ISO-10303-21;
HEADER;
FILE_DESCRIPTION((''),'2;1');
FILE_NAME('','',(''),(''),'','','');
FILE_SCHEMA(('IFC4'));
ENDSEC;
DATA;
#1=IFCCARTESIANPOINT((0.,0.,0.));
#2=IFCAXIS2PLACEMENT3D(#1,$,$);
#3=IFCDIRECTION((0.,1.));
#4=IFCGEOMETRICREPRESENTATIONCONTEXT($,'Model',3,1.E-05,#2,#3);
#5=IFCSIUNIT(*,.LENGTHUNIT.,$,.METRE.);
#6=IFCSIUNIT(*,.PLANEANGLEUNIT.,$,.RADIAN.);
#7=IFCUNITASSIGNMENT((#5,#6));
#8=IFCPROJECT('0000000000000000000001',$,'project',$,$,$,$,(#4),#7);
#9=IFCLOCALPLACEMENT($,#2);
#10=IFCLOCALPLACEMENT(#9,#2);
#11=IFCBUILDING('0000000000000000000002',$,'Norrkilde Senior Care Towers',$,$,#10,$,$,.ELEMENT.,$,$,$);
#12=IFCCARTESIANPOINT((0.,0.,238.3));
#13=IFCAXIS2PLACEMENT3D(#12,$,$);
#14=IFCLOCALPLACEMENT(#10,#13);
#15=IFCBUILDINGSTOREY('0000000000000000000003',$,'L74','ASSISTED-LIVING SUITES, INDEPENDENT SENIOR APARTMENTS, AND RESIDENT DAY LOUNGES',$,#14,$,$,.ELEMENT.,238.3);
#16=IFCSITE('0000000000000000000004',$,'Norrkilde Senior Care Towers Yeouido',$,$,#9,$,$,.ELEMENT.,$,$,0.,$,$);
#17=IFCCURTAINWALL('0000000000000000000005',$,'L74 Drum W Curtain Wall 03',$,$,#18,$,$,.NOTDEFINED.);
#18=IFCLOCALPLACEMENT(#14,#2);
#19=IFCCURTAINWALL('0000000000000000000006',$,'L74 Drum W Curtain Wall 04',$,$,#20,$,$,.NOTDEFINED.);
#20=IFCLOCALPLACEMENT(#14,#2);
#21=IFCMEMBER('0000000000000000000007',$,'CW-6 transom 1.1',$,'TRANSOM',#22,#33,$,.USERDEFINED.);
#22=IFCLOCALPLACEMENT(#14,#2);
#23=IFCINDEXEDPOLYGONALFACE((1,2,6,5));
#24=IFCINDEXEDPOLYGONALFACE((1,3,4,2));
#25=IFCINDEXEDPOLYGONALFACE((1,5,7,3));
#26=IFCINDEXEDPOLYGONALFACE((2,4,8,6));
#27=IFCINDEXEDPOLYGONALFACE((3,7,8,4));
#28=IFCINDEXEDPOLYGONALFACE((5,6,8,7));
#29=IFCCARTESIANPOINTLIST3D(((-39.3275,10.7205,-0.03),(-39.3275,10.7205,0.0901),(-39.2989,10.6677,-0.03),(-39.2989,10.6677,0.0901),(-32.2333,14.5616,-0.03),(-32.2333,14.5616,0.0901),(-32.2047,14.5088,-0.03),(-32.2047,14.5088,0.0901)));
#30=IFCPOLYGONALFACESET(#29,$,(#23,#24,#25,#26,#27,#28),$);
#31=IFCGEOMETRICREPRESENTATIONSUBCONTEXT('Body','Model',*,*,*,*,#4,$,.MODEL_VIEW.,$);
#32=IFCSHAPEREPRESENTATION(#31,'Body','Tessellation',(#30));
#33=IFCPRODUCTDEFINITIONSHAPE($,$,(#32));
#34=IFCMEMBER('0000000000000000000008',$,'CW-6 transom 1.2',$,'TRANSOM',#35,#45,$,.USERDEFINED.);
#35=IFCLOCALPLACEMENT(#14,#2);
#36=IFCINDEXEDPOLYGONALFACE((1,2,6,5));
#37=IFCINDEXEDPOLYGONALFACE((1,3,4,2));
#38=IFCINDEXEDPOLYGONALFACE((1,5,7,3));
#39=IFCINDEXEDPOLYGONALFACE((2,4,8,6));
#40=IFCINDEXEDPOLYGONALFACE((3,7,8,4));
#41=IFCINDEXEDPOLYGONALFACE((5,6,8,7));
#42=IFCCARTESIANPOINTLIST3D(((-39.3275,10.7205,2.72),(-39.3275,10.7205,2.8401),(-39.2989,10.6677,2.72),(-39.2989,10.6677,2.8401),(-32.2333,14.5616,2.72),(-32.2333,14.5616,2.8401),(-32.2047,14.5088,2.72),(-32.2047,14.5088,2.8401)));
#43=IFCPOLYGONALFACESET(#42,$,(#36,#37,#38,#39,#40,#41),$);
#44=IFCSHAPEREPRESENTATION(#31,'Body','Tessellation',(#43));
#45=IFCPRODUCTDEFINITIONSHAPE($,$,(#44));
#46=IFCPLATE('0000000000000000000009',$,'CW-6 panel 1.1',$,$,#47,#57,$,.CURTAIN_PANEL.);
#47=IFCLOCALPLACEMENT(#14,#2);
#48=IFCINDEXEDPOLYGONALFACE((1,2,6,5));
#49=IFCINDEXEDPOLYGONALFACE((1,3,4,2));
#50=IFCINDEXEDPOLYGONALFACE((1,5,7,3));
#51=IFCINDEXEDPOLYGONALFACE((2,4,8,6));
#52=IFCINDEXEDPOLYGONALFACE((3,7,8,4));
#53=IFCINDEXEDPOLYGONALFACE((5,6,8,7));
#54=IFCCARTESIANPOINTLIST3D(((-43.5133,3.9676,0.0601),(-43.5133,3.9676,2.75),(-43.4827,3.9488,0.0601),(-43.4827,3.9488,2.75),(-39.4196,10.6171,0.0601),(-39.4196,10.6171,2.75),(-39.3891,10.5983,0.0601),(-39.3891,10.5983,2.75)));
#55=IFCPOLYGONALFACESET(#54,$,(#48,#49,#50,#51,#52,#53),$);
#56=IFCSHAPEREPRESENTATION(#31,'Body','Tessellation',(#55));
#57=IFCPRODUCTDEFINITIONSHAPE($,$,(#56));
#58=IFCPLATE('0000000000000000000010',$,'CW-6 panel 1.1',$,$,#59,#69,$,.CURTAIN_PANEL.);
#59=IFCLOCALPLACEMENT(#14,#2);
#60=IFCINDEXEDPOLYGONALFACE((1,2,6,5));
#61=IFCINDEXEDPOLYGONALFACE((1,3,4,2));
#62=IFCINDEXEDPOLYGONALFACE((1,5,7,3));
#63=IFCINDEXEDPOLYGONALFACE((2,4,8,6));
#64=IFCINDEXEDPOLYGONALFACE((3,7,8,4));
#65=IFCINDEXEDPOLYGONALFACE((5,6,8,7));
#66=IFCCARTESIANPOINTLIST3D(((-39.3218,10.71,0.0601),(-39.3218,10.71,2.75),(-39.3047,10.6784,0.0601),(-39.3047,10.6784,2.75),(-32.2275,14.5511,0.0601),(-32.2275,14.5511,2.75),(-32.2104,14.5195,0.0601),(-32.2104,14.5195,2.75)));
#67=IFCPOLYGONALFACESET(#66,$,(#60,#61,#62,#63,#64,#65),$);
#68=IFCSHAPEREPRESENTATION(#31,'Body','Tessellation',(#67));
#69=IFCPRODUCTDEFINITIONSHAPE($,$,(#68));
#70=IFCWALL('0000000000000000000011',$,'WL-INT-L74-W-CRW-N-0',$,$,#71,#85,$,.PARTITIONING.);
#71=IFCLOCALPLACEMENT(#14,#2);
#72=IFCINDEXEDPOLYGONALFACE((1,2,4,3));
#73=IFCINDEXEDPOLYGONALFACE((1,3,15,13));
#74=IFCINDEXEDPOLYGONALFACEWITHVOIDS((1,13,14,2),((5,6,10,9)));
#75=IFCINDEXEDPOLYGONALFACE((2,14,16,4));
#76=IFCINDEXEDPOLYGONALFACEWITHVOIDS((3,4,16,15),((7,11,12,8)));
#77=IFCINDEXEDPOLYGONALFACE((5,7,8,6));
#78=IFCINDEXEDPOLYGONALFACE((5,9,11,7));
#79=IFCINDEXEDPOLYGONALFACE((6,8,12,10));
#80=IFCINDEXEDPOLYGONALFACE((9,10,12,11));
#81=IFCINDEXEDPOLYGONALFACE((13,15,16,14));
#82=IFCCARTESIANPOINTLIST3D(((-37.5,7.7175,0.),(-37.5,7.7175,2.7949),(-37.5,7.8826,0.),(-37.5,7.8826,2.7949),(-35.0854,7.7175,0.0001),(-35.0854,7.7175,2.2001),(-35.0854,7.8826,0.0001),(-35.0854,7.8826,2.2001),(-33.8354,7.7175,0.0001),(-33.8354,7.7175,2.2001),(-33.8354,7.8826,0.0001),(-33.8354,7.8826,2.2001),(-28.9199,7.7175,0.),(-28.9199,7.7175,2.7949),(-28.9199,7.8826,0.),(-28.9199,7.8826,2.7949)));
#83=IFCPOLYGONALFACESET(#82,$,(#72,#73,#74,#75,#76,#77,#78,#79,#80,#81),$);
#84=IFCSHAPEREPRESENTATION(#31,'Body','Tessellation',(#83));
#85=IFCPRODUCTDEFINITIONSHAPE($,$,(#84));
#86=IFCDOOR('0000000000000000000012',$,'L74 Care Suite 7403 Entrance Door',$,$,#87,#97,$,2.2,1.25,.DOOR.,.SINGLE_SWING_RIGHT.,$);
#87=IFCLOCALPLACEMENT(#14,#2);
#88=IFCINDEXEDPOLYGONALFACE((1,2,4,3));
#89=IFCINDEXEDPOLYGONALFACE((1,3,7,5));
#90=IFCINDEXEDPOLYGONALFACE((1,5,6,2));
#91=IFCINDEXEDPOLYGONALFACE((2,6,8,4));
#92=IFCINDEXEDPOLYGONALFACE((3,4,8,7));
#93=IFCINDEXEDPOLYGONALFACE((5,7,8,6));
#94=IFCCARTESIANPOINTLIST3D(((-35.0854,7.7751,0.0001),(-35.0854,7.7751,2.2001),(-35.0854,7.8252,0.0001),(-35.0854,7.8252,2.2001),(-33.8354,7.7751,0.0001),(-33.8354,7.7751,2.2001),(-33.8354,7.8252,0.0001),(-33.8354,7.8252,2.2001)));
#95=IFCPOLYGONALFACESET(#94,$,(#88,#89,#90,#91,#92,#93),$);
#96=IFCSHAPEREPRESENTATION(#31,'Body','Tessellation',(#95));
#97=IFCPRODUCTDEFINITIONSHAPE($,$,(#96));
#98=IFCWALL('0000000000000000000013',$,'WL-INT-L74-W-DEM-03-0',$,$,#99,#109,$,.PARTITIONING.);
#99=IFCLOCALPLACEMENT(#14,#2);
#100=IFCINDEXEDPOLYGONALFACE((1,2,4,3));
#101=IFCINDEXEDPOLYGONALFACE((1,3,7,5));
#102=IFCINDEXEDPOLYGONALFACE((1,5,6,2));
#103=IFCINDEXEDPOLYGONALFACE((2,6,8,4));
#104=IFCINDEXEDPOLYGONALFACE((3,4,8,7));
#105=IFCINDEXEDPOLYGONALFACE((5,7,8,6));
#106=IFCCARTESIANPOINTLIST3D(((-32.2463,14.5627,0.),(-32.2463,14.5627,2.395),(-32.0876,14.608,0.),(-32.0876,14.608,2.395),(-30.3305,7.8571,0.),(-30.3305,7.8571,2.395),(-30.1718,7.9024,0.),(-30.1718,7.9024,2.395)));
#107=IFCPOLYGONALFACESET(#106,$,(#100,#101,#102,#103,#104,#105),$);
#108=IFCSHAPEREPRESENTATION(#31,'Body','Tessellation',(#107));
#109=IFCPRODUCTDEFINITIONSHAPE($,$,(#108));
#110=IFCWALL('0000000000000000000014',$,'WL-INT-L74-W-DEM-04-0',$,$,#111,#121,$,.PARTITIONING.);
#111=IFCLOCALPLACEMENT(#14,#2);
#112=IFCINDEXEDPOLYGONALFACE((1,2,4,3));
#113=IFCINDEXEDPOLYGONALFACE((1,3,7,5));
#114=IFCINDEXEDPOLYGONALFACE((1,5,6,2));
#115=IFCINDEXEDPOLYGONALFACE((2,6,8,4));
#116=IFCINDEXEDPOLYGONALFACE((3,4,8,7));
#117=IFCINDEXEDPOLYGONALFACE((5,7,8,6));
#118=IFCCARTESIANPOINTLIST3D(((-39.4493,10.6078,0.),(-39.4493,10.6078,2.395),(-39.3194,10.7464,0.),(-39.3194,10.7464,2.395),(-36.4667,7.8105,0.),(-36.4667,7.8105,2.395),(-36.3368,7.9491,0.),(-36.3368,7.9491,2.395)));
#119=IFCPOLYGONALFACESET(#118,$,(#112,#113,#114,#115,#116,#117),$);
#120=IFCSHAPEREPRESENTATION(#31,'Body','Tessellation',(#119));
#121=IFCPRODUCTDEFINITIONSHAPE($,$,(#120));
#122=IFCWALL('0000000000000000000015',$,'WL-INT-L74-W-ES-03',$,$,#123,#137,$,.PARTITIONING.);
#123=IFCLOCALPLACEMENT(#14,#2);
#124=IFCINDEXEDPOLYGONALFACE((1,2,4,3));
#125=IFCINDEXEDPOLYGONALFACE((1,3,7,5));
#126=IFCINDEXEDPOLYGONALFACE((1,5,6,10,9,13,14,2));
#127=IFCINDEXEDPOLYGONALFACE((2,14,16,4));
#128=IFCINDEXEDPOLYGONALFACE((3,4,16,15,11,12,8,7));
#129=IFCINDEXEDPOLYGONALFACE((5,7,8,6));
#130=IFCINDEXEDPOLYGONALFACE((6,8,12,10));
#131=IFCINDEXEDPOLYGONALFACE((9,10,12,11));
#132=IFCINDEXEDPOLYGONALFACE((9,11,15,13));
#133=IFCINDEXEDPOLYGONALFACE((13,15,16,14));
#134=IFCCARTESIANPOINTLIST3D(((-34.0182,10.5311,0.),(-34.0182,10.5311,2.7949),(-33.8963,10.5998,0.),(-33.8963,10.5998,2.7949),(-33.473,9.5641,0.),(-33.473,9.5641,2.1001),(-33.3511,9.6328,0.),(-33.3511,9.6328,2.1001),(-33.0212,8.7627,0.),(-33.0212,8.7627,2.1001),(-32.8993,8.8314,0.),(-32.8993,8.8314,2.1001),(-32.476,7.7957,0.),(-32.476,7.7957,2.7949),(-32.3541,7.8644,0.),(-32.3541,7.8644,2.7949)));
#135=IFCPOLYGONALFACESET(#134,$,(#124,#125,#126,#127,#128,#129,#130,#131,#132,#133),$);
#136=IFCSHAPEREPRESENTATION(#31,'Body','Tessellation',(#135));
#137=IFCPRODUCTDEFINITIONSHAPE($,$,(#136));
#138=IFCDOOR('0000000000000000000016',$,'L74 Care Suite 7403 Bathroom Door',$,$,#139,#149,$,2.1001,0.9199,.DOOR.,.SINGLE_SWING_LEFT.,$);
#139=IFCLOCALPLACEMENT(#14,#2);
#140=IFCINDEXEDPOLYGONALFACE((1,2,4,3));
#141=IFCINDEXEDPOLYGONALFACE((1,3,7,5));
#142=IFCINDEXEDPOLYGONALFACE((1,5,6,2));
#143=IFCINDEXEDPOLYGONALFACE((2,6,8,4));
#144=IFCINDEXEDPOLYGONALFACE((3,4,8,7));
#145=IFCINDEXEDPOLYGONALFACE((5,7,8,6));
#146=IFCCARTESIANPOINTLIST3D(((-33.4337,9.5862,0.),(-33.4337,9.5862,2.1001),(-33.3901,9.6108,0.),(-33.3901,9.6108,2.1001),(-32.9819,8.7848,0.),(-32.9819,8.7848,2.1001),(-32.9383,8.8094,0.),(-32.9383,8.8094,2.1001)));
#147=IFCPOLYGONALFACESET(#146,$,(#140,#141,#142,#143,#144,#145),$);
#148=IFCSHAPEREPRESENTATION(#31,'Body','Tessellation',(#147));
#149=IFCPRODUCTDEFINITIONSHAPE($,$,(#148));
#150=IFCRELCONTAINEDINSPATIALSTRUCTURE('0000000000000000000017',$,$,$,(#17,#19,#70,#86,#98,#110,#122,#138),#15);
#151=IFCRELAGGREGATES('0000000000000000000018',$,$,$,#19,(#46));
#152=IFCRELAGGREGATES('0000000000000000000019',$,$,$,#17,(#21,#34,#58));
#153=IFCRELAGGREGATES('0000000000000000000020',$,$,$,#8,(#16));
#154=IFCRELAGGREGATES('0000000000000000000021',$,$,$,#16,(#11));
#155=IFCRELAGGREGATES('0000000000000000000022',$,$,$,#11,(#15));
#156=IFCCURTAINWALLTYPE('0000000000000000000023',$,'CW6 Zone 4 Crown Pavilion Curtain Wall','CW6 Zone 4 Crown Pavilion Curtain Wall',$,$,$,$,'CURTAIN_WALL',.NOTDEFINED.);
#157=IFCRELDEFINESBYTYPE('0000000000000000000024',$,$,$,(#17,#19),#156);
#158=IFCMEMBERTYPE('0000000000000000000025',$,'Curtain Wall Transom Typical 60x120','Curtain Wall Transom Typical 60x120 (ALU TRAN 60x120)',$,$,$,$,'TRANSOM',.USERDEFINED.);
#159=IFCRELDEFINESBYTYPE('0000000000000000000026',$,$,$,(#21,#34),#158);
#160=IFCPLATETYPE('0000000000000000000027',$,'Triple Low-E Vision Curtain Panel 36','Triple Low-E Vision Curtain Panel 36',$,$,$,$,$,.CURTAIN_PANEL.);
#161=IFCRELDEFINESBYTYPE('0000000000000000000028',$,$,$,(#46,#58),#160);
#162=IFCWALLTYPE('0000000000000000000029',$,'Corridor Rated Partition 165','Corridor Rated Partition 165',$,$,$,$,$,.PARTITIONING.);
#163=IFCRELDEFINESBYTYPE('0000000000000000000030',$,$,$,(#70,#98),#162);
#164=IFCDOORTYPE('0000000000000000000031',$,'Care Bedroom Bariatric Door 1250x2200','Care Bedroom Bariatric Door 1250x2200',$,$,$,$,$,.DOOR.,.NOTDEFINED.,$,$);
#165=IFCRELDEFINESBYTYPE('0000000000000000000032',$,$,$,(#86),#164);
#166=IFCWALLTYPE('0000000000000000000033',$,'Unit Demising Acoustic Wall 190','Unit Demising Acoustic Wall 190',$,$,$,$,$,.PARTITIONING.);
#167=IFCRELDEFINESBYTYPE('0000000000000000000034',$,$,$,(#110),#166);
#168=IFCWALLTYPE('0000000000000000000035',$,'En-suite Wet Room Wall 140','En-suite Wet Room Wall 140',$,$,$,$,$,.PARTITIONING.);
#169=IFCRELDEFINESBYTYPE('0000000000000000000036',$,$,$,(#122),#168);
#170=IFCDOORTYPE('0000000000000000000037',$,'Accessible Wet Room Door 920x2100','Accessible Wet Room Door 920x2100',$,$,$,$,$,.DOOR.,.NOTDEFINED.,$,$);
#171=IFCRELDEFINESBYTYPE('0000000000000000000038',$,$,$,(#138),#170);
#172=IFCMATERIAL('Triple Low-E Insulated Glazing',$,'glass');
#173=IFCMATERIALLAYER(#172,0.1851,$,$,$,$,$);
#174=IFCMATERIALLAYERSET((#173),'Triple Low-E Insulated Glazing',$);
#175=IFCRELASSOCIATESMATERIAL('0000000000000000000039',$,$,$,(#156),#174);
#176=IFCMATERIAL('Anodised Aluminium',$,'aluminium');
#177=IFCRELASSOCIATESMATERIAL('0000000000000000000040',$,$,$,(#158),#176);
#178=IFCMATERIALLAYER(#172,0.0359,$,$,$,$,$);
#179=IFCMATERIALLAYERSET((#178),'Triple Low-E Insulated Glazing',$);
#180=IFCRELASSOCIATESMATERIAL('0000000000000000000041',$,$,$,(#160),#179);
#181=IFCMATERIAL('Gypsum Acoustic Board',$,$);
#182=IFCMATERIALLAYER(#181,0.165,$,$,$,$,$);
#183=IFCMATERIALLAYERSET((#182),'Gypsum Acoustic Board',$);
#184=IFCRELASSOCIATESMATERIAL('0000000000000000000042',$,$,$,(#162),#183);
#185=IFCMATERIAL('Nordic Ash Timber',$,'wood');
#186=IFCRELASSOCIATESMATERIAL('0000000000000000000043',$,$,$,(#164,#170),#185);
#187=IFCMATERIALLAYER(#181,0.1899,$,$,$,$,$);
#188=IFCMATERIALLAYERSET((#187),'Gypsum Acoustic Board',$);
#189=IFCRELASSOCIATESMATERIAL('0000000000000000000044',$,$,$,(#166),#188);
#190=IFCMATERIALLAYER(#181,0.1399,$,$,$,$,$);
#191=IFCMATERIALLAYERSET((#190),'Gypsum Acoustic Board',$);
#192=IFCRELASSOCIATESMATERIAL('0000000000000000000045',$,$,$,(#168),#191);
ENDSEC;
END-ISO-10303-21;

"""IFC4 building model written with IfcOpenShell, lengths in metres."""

from ifc_helpers import new_model, si_unit, direction, frame, frame_2d, origin, origin_2d, place, context, subcontext, project, spatial, rectangle, extrude, source, transform, mapped, material, layer, layer_set, material_profile, profile_set, type_object, type_shapes, element, fill, aggregate, save


model = new_model("IFC4")

# Units and contexts
model_context = context("Model", 3, precision=1e-05, world=origin(), true_north=direction((0.0, 1.0)))
body_context = subcontext(model_context, "Body", "Model", "MODEL_VIEW")
ifc_project = project(units=[si_unit("LENGTHUNIT", "METRE"), si_unit("PLANEANGLEUNIT", "RADIAN")], contexts=[model_context])

# Site, building, storey
site_placement = place(None, origin())
site = spatial("IfcSite", under=ifc_project, at=site_placement, Name="Norrkilde Senior Care Towers Yeouido", CompositionType="ELEMENT", RefElevation=0.0)
building_placement = place(site_placement, origin())
building = spatial("IfcBuilding", under=site, at=building_placement, Name="Norrkilde Senior Care Towers", CompositionType="ELEMENT")
storey_placement = place(building_placement, frame((0.0, 0.0, 238.3)))
storey = spatial("IfcBuildingStorey", under=building, at=storey_placement, Name="L74", Description="ASSISTED-LIVING SUITES, INDEPENDENT SENIOR APARTMENTS, AND RESIDENT DAY LOUNGES", CompositionType="ELEMENT", Elevation=238.3)

# Shared definitions
ifc_material_1 = material(Name="Triple Low-E Insulated Glazing", Category="glass")
ifc_layer_1 = layer(ifc_material_1, 0.1851)
ifc_layer_set_1 = layer_set([ifc_layer_1], Name="Triple Low-E Insulated Glazing")
curtain_wall_type = type_object("IfcCurtainWallType", Name="CW6 Zone 4 Crown Pavilion Curtain Wall", Description="CW6 Zone 4 Crown Pavilion Curtain Wall", ElementType="CURTAIN_WALL", PredefinedType="NOTDEFINED", material=ifc_layer_set_1)
ifc_material_2 = material(Name="Anodised Aluminium", Category="aluminium")

# Curtain wall
curtain_wall_1_placement = place(storey_placement, origin())
curtain_wall_1 = element("IfcCurtainWall", 1, at=curtain_wall_1_placement, inside=storey, type_object=curtain_wall_type, Name="L74 Drum W Curtain Wall 03", PredefinedType="NOTDEFINED")

# Curtain wall
curtain_wall_2_placement = place(storey_placement, origin())
curtain_wall_2 = element("IfcCurtainWall", 2, at=curtain_wall_2_placement, inside=storey, type_object=curtain_wall_type, Name="L74 Drum W Curtain Wall 04", PredefinedType="NOTDEFINED")

# Members
ifc_material_profile_1 = material_profile(ifc_material_2, rectangle(XDim=0.0601, YDim=0.1201, at=origin_2d()), Name="ALU TRAN 60x120")
ifc_profile_set_1 = profile_set([ifc_material_profile_1], Name="Anodised Aluminium")
member_type_1 = type_object("IfcMemberType", Name="Curtain Wall Transom Typical 60x120", Description="Curtain Wall Transom Typical 60x120 (ALU TRAN 60x120)", ElementType="TRANSOM", PredefinedType="USERDEFINED", material=ifc_profile_set_1)
shared_shape_1 = source(origin(), body_context, "Body", "SweptSolid", [
    extrude(rectangle(XDim=0.0601, YDim=0.1201, at=origin_2d()), origin(), (0.0, 0.0, 1.0), 8.0674),
])
member_1_placement = place(storey_placement, frame((-39.3132, 10.6941, 0.03), z_axis=(0.879378, 0.476125, 0.0), x_axis=(-0.476125, 0.879378, 0.0)))
member_1 = element("IfcMember", 3, at=member_1_placement, type_object=member_type_1, Name="CW-6 transom 1.1", ObjectType="TRANSOM", PredefinedType="USERDEFINED", context=body_context, shape_type="MappedRepresentation", body=[
    mapped(shared_shape_1, transform((0.0, 0.0, 0.0), x_axis=(1.0, 0.0, 0.0), y_axis=(0.0, 1.0, 0.0), z_axis=(0.0, 0.0, 1.0), scale=1.0)),
])
member_2_placement = place(storey_placement, frame((-39.3132, 10.6941, 2.78), z_axis=(0.879378, 0.476125, 0.0), x_axis=(-0.476125, 0.879378, 0.0)))
member_2 = element("IfcMember", 4, at=member_2_placement, type_object=member_type_1, Name="CW-6 transom 1.2", ObjectType="TRANSOM", PredefinedType="USERDEFINED", context=body_context, shape_type="MappedRepresentation", body=[
    mapped(shared_shape_1, transform((0.0, 0.0, 0.0), x_axis=(1.0, 0.0, 0.0), y_axis=(0.0, 1.0, 0.0), z_axis=(0.0, 0.0, 1.0), scale=1.0)),
])

# Plates
ifc_layer_2 = layer(ifc_material_1, 0.0359)
ifc_layer_set_2 = layer_set([ifc_layer_2], Name="Triple Low-E Insulated Glazing")
plate_type = type_object("IfcPlateType", Name="Triple Low-E Vision Curtain Panel 36", Description="Triple Low-E Vision Curtain Panel 36", PredefinedType="CURTAIN_PANEL", material=ifc_layer_set_2)
shared_shape_2 = source(origin(), body_context, "Body", "SweptSolid", [
    extrude(rectangle(XDim=7.8086, YDim=0.0359, at=origin_2d()), origin(), (0.0, 0.0, 1.0), 2.6899),
])
plate_1_placement = place(storey_placement, frame((-41.4512, 7.283, 0.0601), z_axis=(0.0, 0.0, 1.0), x_axis=(0.524253, 0.851563, 0.0)))
plate_1 = element("IfcPlate", 5, at=plate_1_placement, type_object=plate_type, Name="CW-6 panel 1.1", PredefinedType="CURTAIN_PANEL", context=body_context, shape_type="MappedRepresentation", body=[
    mapped(shared_shape_2, transform((0.0, 0.0, 0.0), x_axis=(1.0, 0.0, 0.0), y_axis=(0.0, 1.0, 0.0), z_axis=(0.0, 0.0, 1.0), scale=1.0)),
])
aggregate(curtain_wall_2, [plate_1])
shared_shape_3 = source(origin(), body_context, "Body", "SweptSolid", [
    extrude(rectangle(XDim=8.0674, YDim=0.0359, at=origin_2d()), origin(), (0.0, 0.0, 1.0), 2.6899),
])
type_shapes(plate_type, [shared_shape_2, shared_shape_3])
plate_2_placement = place(storey_placement, frame((-35.7661, 12.6147, 0.0601), z_axis=(0.0, 0.0, 1.0), x_axis=(0.879373, 0.476133, 0.0)))
plate_2 = element("IfcPlate", 6, at=plate_2_placement, type_object=plate_type, Name="CW-6 panel 1.1", PredefinedType="CURTAIN_PANEL", context=body_context, shape_type="MappedRepresentation", body=[
    mapped(shared_shape_3, transform((0.0, 0.0, 0.0), x_axis=(1.0, 0.0, 0.0), y_axis=(0.0, 1.0, 0.0), z_axis=(0.0, 0.0, 1.0), scale=1.0)),
])
aggregate(curtain_wall_1, [member_1, member_2, plate_2])

# Wall, opening, door
ifc_material_3 = material(Name="Gypsum Acoustic Board")
ifc_layer_3 = layer(ifc_material_3, 0.165)
ifc_layer_set_3 = layer_set([ifc_layer_3], Name="Gypsum Acoustic Board")
wall_type_1 = type_object("IfcWallType", Name="Corridor Rated Partition 165", Description="Corridor Rated Partition 165", PredefinedType="PARTITIONING", material=ifc_layer_set_3)
shared_shape_4 = source(origin(), body_context, "Body", "SweptSolid", [
    extrude(rectangle(XDim=8.5801, YDim=0.165, at=frame_2d((4.29, 0.0))), origin(), (0.0, 0.0, 1.0), 2.7949),
])
wall_1_placement = place(storey_placement, frame((-37.5, 7.8, 0.0), z_axis=(0.0, 0.0, 1.0), x_axis=(1.0, 0.0, 0.0)))
wall_1 = element("IfcWall", 7, at=wall_1_placement, inside=storey, type_object=wall_type_1, Name="WL-INT-L74-W-CRW-N-0", PredefinedType="PARTITIONING", context=body_context, shape_type="MappedRepresentation", body=[
    mapped(shared_shape_4, transform((0.0, 0.0, 0.0), x_axis=(1.0, 0.0, 0.0), y_axis=(0.0, 1.0, 0.0), z_axis=(0.0, 0.0, 1.0), scale=1.0)),
])
opening_1_placement = place(wall_1_placement, frame((2.4146, 0.0, 0.0)))
opening_1 = element("IfcOpeningElement", 8, at=opening_1_placement, cuts=wall_1, PredefinedType="OPENING", context=body_context, shape_type="SweptSolid", body=[
    extrude(rectangle(XDim=1.25, YDim=2.2, at=frame_2d((0.625, 1.1001))), frame((0.0, 0.0925, 0.0), z_axis=(0.0, -1.0, 0.0), x_axis=(1.0, 0.0, 0.0)), (0.0, 0.0, 1.0), 0.1851),
])
ifc_material_4 = material(Name="Nordic Ash Timber", Category="wood")
door_type_1 = type_object("IfcDoorType", Name="Care Bedroom Bariatric Door 1250x2200", Description="Care Bedroom Bariatric Door 1250x2200", OperationType="NOTDEFINED", PredefinedType="DOOR", material=ifc_material_4)
shared_shape_5 = source(origin(), body_context, "Body", "SweptSolid", [
    extrude(rectangle(XDim=1.25, YDim=2.2, at=frame_2d((0.625, 1.1001))), frame((0.0, 0.0249, 0.0), z_axis=(0.0, -1.0, 0.0), x_axis=(1.0, 0.0, 0.0)), (0.0, 0.0, 1.0), 0.05),
])
type_shapes(door_type_1, [shared_shape_5])
door_1_placement = place(opening_1_placement, frame((1.25, 0.0, 0.0), z_axis=(0.0, 0.0, 1.0), x_axis=(-1.0, 0.0, 0.0)))
door_1 = element("IfcDoor", 9, at=door_1_placement, inside=storey, type_object=door_type_1, Name="L74 Care Suite 7403 Entrance Door", OperationType="SINGLE_SWING_RIGHT", OverallHeight=2.2, OverallWidth=1.25, PredefinedType="DOOR", context=body_context, shape_type="MappedRepresentation", body=[
    mapped(shared_shape_5, transform((0.0, 0.0, 0.0), x_axis=(1.0, 0.0, 0.0), y_axis=(0.0, 1.0, 0.0), z_axis=(0.0, 0.0, 1.0), scale=1.0)),
])
fill(opening_1, door_1)

# Walls
shared_shape_6 = source(origin(), body_context, "Body", "SweptSolid", [
    extrude(rectangle(XDim=6.9739, YDim=0.165, at=frame_2d((3.4868, 0.0))), origin(), (0.0, 0.0, 1.0), 2.395),
])
type_shapes(wall_type_1, [shared_shape_4, shared_shape_6])
wall_2_placement = place(storey_placement, frame((-30.2512, 7.8799, 0.0), z_axis=(0.0, 0.0, 1.0), x_axis=(-0.274707, 0.961528, 0.0)))
element("IfcWall", 10, at=wall_2_placement, inside=storey, type_object=wall_type_1, Name="WL-INT-L74-W-DEM-03-0", PredefinedType="PARTITIONING", context=body_context, shape_type="MappedRepresentation", body=[
    mapped(shared_shape_6, transform((0.0, 0.0, 0.0), x_axis=(1.0, 0.0, 0.0), y_axis=(0.0, 1.0, 0.0), z_axis=(0.0, 0.0, 1.0), scale=1.0)),
])
ifc_layer_4 = layer(ifc_material_3, 0.1899)
ifc_layer_set_4 = layer_set([ifc_layer_4], Name="Gypsum Acoustic Board")
wall_type_2 = type_object("IfcWallType", Name="Unit Demising Acoustic Wall 190", Description="Unit Demising Acoustic Wall 190", PredefinedType="PARTITIONING", material=ifc_layer_set_4)
shared_shape_7 = source(origin(), body_context, "Body", "SweptSolid", [
    extrude(rectangle(XDim=4.0891, YDim=0.1899, at=frame_2d((2.0444, 0.0))), origin(), (0.0, 0.0, 1.0), 2.395),
])
type_shapes(wall_type_2, [shared_shape_7])
wall_3_placement = place(storey_placement, frame((-36.4019, 7.8799, 0.0), z_axis=(0.0, 0.0, 1.0), x_axis=(-0.729401, 0.684086, 0.0)))
element("IfcWall", 11, at=wall_3_placement, inside=storey, type_object=wall_type_2, Name="WL-INT-L74-W-DEM-04-0", PredefinedType="PARTITIONING", context=body_context, shape_type="MappedRepresentation", body=[
    mapped(shared_shape_7, transform((0.0, 0.0, 0.0), x_axis=(1.0, 0.0, 0.0), y_axis=(0.0, 1.0, 0.0), z_axis=(0.0, 0.0, 1.0), scale=1.0)),
])

# Wall, opening, door
ifc_layer_5 = layer(ifc_material_3, 0.1399)
ifc_layer_set_5 = layer_set([ifc_layer_5], Name="Gypsum Acoustic Board")
wall_type_3 = type_object("IfcWallType", Name="En-suite Wet Room Wall 140", Description="En-suite Wet Room Wall 140", PredefinedType="PARTITIONING", material=ifc_layer_set_5)
shared_shape_8 = source(origin(), body_context, "Body", "SweptSolid", [
    extrude(rectangle(XDim=3.1401, YDim=0.1399, at=frame_2d((1.5701, 0.0))), origin(), (0.0, 0.0, 1.0), 2.7949),
])
wall_4_placement = place(storey_placement, frame((-32.415, 7.8301, 0.0), z_axis=(0.0, 0.0, 1.0), x_axis=(-0.491132, 0.871085, 0.0)))
wall_4 = element("IfcWall", 12, at=wall_4_placement, inside=storey, type_object=wall_type_3, Name="WL-INT-L74-W-ES-03", PredefinedType="PARTITIONING", context=body_context, shape_type="MappedRepresentation", body=[
    mapped(shared_shape_8, transform((0.0, 0.0, 0.0), x_axis=(1.0, 0.0, 0.0), y_axis=(0.0, 1.0, 0.0), z_axis=(0.0, 0.0, 1.0), scale=1.0)),
])
opening_2_placement = place(wall_4_placement, frame((1.1101, 0.0, 0.0)))
opening_2 = element("IfcOpeningElement", 13, at=opening_2_placement, cuts=wall_4, PredefinedType="OPENING", context=body_context, shape_type="SweptSolid", body=[
    extrude(rectangle(XDim=0.9199, YDim=2.1001, at=frame_2d((0.46, 1.05))), frame((0.0, 0.0798, 0.0), z_axis=(0.0, -1.0, 0.0), x_axis=(1.0, 0.0, 0.0)), (0.0, 0.0, 1.0), 0.1599),
])
door_type_2 = type_object("IfcDoorType", Name="Accessible Wet Room Door 920x2100", Description="Accessible Wet Room Door 920x2100", OperationType="NOTDEFINED", PredefinedType="DOOR", material=ifc_material_4)
shared_shape_9 = source(origin(), body_context, "Body", "SweptSolid", [
    extrude(rectangle(XDim=0.9199, YDim=2.1001, at=frame_2d((0.46, 1.05))), frame((0.0, 0.0249, 0.0), z_axis=(0.0, -1.0, 0.0), x_axis=(1.0, 0.0, 0.0)), (0.0, 0.0, 1.0), 0.05),
])
type_shapes(door_type_2, [shared_shape_9])
door_2_placement = place(opening_2_placement, origin())
door_2 = element("IfcDoor", 14, at=door_2_placement, inside=storey, type_object=door_type_2, Name="L74 Care Suite 7403 Bathroom Door", OperationType="SINGLE_SWING_LEFT", OverallHeight=2.1001, OverallWidth=0.9199, PredefinedType="DOOR", context=body_context, shape_type="MappedRepresentation", body=[
    mapped(shared_shape_9, transform((0.0, 0.0, 0.0), x_axis=(1.0, 0.0, 0.0), y_axis=(0.0, 1.0, 0.0), z_axis=(0.0, 0.0, 1.0), scale=1.0)),
])
fill(opening_2, door_2)

save(model, "model.ifc")
